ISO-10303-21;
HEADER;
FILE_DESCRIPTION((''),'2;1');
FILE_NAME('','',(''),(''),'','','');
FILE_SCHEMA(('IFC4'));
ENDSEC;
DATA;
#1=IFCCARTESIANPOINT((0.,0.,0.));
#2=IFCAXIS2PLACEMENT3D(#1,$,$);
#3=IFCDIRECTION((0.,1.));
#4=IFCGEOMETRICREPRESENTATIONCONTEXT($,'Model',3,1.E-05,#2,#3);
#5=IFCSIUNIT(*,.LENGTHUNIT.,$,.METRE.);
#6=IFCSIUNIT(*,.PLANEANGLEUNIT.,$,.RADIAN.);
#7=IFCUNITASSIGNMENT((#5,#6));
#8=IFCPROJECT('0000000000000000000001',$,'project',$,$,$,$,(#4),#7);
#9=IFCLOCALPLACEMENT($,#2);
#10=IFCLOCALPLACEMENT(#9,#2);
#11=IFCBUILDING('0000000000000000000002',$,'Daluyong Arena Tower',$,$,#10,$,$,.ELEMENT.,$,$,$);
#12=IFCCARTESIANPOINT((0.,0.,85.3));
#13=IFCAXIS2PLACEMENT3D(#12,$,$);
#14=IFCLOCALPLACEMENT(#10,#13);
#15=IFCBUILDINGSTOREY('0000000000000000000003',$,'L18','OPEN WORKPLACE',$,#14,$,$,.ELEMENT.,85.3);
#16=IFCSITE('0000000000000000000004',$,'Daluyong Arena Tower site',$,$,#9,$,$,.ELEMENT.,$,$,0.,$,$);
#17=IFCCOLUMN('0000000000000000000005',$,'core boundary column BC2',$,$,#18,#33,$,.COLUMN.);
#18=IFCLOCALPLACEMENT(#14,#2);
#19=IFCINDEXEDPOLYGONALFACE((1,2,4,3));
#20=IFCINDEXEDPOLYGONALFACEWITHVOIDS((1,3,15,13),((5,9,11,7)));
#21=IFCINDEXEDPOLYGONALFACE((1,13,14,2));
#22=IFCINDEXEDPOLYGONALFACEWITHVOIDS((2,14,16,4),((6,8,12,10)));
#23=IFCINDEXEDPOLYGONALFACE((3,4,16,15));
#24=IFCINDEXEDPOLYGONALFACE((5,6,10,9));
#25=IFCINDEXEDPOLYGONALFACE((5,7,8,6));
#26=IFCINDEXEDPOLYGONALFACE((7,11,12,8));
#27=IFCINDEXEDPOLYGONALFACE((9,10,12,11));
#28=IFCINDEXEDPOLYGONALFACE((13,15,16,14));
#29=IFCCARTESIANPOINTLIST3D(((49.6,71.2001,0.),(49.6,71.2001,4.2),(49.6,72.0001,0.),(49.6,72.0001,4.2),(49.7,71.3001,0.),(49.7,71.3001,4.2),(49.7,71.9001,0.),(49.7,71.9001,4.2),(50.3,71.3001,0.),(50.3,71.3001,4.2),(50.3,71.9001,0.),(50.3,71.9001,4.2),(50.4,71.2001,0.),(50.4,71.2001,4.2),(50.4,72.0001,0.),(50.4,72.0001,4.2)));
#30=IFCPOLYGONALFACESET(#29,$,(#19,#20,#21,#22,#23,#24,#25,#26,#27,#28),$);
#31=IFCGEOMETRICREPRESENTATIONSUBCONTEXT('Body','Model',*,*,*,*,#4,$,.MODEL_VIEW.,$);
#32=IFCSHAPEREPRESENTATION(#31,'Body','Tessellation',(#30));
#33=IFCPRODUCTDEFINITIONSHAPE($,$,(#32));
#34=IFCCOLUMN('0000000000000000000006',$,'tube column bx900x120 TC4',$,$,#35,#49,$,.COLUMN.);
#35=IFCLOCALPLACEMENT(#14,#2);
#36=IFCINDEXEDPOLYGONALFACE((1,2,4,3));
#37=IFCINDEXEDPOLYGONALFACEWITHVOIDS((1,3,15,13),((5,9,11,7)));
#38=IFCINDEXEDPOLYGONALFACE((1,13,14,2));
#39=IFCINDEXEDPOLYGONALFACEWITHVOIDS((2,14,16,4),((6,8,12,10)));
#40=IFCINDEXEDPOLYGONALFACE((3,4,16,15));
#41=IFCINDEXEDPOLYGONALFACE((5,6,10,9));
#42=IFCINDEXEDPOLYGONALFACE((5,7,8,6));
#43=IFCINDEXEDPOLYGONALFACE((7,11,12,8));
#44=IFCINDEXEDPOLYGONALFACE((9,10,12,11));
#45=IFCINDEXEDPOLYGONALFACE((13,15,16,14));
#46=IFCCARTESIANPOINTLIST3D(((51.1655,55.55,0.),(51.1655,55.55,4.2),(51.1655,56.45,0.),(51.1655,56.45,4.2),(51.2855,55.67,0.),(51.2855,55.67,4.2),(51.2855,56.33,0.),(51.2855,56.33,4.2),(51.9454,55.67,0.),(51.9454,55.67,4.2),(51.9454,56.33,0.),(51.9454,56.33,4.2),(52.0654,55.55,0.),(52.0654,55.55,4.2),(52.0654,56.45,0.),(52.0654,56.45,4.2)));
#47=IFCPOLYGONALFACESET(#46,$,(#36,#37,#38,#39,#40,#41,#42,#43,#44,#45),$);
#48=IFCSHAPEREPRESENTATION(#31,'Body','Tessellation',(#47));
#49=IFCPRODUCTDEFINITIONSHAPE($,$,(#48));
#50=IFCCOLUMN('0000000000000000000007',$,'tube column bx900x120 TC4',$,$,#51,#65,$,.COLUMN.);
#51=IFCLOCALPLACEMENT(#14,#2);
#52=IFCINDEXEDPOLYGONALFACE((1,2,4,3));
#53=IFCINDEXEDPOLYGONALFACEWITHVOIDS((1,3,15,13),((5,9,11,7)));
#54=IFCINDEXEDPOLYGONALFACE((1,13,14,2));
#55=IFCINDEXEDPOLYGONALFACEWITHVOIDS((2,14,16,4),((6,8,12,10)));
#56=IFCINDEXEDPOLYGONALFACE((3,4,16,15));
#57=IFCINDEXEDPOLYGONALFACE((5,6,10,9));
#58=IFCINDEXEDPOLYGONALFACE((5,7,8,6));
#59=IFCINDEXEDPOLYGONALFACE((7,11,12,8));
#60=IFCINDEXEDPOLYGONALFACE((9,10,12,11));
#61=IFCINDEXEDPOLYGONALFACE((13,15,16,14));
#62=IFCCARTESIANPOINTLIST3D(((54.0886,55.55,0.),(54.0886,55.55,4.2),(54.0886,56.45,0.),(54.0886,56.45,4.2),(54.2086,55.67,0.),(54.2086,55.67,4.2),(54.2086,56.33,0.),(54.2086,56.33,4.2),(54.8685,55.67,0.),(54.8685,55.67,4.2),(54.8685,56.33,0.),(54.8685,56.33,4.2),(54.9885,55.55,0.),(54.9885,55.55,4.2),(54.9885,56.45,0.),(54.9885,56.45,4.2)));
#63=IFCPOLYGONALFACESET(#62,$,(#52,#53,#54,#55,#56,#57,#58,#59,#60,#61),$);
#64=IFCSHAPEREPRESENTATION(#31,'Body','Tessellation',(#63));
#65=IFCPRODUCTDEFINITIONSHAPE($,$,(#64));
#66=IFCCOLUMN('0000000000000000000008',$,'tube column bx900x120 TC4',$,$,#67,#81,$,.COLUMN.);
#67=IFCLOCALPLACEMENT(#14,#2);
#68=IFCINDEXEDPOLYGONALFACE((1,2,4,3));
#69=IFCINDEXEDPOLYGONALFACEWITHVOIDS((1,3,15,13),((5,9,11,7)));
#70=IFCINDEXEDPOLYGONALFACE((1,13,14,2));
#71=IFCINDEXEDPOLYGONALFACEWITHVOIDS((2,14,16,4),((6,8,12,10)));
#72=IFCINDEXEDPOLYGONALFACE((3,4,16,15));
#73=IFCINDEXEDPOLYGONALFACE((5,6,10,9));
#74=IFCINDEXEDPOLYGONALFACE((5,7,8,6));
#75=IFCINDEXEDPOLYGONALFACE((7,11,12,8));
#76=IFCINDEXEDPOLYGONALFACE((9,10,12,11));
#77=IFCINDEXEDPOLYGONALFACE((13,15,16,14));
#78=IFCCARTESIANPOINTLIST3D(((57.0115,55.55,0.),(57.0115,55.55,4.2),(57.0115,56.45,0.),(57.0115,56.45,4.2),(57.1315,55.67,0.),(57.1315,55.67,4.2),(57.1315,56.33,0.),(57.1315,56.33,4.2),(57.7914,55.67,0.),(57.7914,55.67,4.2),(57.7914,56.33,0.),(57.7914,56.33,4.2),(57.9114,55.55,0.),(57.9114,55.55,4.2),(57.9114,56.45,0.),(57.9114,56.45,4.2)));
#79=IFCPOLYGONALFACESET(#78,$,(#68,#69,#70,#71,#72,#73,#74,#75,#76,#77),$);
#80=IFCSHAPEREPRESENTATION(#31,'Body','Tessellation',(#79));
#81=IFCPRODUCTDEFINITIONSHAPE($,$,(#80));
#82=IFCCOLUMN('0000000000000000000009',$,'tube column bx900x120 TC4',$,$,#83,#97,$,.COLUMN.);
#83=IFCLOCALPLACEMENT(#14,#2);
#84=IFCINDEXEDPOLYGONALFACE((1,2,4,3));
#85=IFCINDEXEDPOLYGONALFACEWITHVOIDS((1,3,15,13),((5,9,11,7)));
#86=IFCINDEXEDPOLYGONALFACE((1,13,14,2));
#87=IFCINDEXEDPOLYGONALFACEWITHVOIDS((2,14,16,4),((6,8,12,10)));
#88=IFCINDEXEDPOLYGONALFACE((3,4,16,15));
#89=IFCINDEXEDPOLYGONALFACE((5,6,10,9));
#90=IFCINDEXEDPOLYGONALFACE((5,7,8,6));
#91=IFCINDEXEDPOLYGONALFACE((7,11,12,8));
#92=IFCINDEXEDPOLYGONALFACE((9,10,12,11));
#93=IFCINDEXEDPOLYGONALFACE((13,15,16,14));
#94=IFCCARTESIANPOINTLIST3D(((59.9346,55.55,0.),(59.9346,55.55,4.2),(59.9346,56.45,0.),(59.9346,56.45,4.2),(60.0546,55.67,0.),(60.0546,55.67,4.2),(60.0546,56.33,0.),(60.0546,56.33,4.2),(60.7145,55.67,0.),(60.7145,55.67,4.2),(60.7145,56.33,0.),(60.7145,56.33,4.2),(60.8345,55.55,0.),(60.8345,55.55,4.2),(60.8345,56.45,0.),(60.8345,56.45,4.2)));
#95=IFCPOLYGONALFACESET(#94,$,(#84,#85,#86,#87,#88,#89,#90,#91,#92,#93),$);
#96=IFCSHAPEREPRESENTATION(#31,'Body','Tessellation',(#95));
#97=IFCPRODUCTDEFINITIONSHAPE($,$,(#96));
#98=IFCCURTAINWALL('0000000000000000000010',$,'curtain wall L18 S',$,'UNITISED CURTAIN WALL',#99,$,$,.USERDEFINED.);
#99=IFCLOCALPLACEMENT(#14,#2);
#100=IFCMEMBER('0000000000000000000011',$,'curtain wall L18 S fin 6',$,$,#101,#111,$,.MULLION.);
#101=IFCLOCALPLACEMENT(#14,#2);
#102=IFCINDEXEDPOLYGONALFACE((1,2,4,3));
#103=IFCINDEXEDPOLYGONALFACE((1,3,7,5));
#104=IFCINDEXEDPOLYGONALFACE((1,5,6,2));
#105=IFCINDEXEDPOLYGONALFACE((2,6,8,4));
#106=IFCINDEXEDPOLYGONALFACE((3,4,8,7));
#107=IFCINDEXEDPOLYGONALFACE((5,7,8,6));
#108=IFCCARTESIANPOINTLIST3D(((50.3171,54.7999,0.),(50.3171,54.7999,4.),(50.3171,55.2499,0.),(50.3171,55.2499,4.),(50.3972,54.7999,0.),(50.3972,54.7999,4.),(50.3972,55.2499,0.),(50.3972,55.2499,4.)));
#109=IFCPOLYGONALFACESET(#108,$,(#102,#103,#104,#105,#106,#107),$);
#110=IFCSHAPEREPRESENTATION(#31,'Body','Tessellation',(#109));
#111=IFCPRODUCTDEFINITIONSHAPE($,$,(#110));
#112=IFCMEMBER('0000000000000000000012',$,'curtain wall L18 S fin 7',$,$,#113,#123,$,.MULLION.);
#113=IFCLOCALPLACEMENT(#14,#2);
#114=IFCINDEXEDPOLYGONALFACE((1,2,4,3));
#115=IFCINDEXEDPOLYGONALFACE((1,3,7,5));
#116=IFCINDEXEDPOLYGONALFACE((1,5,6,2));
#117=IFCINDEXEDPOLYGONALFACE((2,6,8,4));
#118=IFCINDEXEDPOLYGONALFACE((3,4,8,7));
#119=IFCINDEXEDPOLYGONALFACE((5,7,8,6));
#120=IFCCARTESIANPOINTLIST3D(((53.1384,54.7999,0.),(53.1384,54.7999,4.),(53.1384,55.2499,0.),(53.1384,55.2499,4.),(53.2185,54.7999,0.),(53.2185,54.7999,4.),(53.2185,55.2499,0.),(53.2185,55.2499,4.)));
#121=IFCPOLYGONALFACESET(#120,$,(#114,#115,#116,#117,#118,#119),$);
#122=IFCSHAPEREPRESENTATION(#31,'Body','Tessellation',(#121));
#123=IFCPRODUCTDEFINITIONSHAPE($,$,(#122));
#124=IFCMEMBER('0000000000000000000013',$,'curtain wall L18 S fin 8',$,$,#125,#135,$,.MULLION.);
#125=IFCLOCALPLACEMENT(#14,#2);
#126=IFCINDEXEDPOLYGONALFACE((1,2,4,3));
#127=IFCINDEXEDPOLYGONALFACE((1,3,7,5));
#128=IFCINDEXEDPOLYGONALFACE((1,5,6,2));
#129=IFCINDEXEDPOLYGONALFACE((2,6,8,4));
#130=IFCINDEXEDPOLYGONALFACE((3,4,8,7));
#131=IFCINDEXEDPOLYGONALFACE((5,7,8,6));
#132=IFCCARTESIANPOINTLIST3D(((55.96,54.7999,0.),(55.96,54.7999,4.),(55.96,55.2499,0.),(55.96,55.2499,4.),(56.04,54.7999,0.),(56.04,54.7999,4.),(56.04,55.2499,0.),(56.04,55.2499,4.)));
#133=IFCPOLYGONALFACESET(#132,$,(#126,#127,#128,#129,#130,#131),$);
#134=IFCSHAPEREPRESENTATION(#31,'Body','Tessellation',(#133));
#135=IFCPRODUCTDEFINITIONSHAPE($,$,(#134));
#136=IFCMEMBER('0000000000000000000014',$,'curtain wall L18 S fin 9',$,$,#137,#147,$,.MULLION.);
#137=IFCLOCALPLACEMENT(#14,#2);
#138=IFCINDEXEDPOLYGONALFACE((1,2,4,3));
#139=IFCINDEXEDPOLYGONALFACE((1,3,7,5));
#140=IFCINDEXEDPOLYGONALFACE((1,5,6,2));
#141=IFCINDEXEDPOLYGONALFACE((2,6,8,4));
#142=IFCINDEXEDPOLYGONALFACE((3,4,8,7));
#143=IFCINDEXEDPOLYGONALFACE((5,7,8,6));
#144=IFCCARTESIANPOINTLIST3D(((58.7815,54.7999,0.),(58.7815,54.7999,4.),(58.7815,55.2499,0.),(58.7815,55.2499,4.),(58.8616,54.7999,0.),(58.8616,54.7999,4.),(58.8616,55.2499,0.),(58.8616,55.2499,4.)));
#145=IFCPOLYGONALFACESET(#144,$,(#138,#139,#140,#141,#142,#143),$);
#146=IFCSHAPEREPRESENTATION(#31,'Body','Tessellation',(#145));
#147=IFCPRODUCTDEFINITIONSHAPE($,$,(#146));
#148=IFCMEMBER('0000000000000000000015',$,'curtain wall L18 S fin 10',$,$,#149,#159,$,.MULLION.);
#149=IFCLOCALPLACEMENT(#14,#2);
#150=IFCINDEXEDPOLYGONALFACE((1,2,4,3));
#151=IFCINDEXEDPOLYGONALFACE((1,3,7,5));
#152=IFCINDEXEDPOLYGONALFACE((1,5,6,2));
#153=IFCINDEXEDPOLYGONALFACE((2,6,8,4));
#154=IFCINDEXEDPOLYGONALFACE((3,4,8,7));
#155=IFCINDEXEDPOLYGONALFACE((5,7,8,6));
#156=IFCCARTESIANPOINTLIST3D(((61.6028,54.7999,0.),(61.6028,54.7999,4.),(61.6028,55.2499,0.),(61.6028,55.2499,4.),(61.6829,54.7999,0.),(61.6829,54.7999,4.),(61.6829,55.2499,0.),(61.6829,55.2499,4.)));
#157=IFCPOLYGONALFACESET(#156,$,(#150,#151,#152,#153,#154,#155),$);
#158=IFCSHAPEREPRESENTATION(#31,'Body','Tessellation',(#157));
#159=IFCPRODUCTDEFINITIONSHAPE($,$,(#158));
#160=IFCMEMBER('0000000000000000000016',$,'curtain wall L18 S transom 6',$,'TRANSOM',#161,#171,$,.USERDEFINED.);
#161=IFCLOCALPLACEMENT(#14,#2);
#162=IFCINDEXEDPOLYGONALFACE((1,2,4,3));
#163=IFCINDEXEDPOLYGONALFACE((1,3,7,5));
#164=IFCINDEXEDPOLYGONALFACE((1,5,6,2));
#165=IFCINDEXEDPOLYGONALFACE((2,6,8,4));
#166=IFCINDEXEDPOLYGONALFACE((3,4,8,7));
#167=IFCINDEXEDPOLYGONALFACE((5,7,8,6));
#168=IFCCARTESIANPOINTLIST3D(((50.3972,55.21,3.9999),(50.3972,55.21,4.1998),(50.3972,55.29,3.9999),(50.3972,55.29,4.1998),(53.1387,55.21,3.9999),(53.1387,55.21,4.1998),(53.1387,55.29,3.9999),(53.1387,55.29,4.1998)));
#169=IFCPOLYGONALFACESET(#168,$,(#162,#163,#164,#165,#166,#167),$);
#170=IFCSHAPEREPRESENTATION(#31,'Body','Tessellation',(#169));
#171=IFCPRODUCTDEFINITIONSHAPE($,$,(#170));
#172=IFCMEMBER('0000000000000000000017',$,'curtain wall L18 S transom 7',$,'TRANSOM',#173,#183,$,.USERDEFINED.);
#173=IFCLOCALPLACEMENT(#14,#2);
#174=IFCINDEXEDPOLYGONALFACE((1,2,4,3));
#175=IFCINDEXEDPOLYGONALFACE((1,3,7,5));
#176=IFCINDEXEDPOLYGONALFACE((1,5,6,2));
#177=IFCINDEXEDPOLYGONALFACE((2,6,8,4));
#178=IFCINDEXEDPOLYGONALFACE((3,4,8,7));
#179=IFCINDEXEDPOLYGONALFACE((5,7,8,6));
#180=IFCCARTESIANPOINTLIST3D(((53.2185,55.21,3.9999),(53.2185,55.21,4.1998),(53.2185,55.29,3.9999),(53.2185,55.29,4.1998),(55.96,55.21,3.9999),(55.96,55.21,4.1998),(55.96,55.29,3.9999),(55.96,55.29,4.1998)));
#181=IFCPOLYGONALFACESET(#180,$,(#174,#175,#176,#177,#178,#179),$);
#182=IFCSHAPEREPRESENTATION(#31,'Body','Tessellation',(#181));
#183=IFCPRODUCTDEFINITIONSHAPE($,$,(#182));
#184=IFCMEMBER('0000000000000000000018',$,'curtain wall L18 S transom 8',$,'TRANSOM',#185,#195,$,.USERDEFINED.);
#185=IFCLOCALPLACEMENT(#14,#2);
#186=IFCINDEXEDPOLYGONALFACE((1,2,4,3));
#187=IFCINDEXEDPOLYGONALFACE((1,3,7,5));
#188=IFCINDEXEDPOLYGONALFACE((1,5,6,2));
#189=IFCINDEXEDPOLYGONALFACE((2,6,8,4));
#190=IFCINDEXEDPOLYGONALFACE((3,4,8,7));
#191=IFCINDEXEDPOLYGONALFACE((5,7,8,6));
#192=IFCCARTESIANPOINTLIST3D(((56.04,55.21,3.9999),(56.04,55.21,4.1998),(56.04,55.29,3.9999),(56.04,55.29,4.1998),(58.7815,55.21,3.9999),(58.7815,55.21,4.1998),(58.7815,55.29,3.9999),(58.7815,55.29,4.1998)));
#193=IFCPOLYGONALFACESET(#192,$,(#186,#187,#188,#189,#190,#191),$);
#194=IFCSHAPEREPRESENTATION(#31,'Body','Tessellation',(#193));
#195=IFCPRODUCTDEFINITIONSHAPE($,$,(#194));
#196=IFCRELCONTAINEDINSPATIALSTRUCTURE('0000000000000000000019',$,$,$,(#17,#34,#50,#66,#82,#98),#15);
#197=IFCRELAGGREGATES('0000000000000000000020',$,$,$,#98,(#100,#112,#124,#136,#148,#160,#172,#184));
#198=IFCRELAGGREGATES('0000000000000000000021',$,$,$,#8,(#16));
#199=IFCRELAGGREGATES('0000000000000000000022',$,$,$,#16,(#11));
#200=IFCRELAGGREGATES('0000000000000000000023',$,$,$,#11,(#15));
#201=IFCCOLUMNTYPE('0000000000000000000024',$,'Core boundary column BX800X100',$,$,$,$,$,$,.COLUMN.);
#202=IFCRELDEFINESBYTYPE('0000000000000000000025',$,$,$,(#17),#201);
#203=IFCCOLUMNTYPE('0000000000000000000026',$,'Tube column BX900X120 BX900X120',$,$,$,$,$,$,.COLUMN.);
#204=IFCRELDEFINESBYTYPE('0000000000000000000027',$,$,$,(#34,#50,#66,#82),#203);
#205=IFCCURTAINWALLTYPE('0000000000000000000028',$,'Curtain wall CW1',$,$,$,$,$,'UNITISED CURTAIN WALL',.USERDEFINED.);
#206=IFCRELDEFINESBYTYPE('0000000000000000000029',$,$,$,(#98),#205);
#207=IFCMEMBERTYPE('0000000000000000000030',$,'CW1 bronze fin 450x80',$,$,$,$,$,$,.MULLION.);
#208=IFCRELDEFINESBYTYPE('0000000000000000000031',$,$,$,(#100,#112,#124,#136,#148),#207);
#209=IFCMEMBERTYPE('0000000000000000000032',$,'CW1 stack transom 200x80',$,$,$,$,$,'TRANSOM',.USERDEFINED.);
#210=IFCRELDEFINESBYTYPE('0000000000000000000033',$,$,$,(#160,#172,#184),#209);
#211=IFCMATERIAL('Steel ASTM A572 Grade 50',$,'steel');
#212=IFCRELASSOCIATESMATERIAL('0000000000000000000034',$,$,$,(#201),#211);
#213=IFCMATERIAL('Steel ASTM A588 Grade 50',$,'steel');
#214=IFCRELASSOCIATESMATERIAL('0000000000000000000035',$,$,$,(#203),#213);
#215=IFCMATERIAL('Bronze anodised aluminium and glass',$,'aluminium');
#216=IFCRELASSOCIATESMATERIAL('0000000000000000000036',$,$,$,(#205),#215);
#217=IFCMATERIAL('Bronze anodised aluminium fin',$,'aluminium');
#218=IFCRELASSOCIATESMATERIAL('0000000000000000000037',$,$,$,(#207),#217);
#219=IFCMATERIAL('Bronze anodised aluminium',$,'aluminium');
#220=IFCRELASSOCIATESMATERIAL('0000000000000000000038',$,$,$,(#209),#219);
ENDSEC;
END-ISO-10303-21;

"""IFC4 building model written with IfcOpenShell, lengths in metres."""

from ifc_helpers import new_model, si_unit, direction, frame, origin, origin_2d, place, context, subcontext, project, spatial, rectangle, hollow_rectangle, extrude, material, material_profile, profile_set, type_object, element, aggregate, save


model = new_model("IFC4")

# Units and contexts
model_context = context("Model", 3, precision=1e-05, world=origin(), true_north=direction((0.0, 1.0)))
body_context = subcontext(model_context, "Body", "Model", "MODEL_VIEW")
ifc_project = project(units=[si_unit("LENGTHUNIT", "METRE"), si_unit("PLANEANGLEUNIT", "RADIAN")], contexts=[model_context])

# Site, building, storey
site_placement = place(None, origin())
site = spatial("IfcSite", under=ifc_project, at=site_placement, Name="Daluyong Arena Tower site", CompositionType="ELEMENT", RefElevation=0.0)
building_placement = place(site_placement, origin())
building = spatial("IfcBuilding", under=site, at=building_placement, Name="Daluyong Arena Tower", CompositionType="ELEMENT")
storey_placement = place(building_placement, frame((0.0, 0.0, 85.3)))
storey = spatial("IfcBuildingStorey", under=building, at=storey_placement, Name="L18", Description="OPEN WORKPLACE", CompositionType="ELEMENT", Elevation=85.3)

# Columns
ifc_material_1 = material(Name="Steel ASTM A572 Grade 50", Category="steel")
ifc_material_profile_1 = material_profile(ifc_material_1, hollow_rectangle(XDim=0.8, YDim=0.8, WallThickness=0.1, at=origin_2d()))
ifc_profile_set_1 = profile_set([ifc_material_profile_1], Name="Steel ASTM A572 Grade 50")
column_type_1 = type_object("IfcColumnType", Name="Core boundary column BX800X100", PredefinedType="COLUMN", material=ifc_profile_set_1)
column_placement = place(storey_placement, frame((50.0, 71.6001, 0.0), z_axis=(0.0, 0.0, 1.0), x_axis=(1.0, 0.0, 0.0)))
element("IfcColumn", 1, at=column_placement, inside=storey, type_object=column_type_1, Name="core boundary column BC2", PredefinedType="COLUMN", context=body_context, shape_type="SweptSolid", body=[
    extrude(hollow_rectangle(XDim=0.8, YDim=0.8, WallThickness=0.1, at=origin_2d()), origin(), (0.0, 0.0, 1.0), 4.2),
])
ifc_material_2 = material(Name="Steel ASTM A588 Grade 50", Category="steel")
ifc_material_profile_2 = material_profile(ifc_material_2, hollow_rectangle(XDim=0.8999, YDim=0.8999, WallThickness=0.12, at=origin_2d()))
ifc_profile_set_2 = profile_set([ifc_material_profile_2], Name="Steel ASTM A588 Grade 50")
column_type_2 = type_object("IfcColumnType", Name="Tube column BX900X120 BX900X120", PredefinedType="COLUMN", material=ifc_profile_set_2)
for number, where, z_axis, x_axis, name in (
    (2, (51.6155, 56.0, 0.0), (0.0, 0.0, 1.0), (1.0, 0.0, 0.0), "tube column bx900x120 TC4"),
    (3, (54.5386, 56.0, 0.0), (0.0, 0.0, 1.0), (1.0, 0.0, 0.0), "tube column bx900x120 TC4"),
    (4, (57.4614, 56.0, 0.0), (0.0, 0.0, 1.0), (1.0, 0.0, 0.0), "tube column bx900x120 TC4"),
    (5, (60.3845, 56.0, 0.0), (0.0, 0.0, 1.0), (1.0, 0.0, 0.0), "tube column bx900x120 TC4"),
):
    element("IfcColumn", number, at=place(storey_placement, frame(where, z_axis=z_axis, x_axis=x_axis)), inside=storey, type_object=column_type_2, Name=name, PredefinedType="COLUMN", context=body_context, shape_type="SweptSolid", body=[
        extrude(hollow_rectangle(XDim=0.8999, YDim=0.8999, WallThickness=0.12, at=origin_2d()), origin(), (0.0, 0.0, 1.0), 4.2),
    ])

# Curtain wall, members
ifc_material_3 = material(Name="Bronze anodised aluminium and glass", Category="aluminium")
curtain_wall_type = type_object("IfcCurtainWallType", Name="Curtain wall CW1", ElementType="UNITISED CURTAIN WALL", PredefinedType="USERDEFINED", material=ifc_material_3)
curtain_wall_placement = place(storey_placement, origin())
curtain_wall = element("IfcCurtainWall", 6, at=curtain_wall_placement, inside=storey, type_object=curtain_wall_type, Name="curtain wall L18 S", ObjectType="UNITISED CURTAIN WALL", PredefinedType="USERDEFINED")
ifc_material_4 = material(Name="Bronze anodised aluminium fin", Category="aluminium")
ifc_material_profile_3 = material_profile(ifc_material_4, rectangle(XDim=0.45, YDim=0.0801, at=origin_2d()))
ifc_profile_set_3 = profile_set([ifc_material_profile_3], Name="Bronze anodised aluminium fin")
member_type_1 = type_object("IfcMemberType", Name="CW1 bronze fin 450x80", PredefinedType="MULLION", material=ifc_profile_set_3)
member_1_placement = place(storey_placement, frame((50.3572, 55.0249, 0.0), z_axis=(0.0, 0.0, 1.0), x_axis=(0.0, 1.0, 0.0)))
member_1 = element("IfcMember", 7, at=member_1_placement, type_object=member_type_1, Name="curtain wall L18 S fin 6", PredefinedType="MULLION", context=body_context, shape_type="SweptSolid", body=[
    extrude(rectangle(XDim=0.45, YDim=0.0801, at=origin_2d()), origin(), (0.0, 0.0, 1.0), 4.0),
])
member_2_placement = place(storey_placement, frame((53.1785, 55.0249, 0.0), z_axis=(0.0, 0.0, 1.0), x_axis=(0.0, 1.0, 0.0)))
member_2 = element("IfcMember", 8, at=member_2_placement, type_object=member_type_1, Name="curtain wall L18 S fin 7", PredefinedType="MULLION", context=body_context, shape_type="SweptSolid", body=[
    extrude(rectangle(XDim=0.45, YDim=0.0801, at=origin_2d()), origin(), (0.0, 0.0, 1.0), 4.0),
])
member_3_placement = place(storey_placement, frame((56.0, 55.0249, 0.0), z_axis=(0.0, 0.0, 1.0), x_axis=(0.0, 1.0, 0.0)))
member_3 = element("IfcMember", 9, at=member_3_placement, type_object=member_type_1, Name="curtain wall L18 S fin 8", PredefinedType="MULLION", context=body_context, shape_type="SweptSolid", body=[
    extrude(rectangle(XDim=0.45, YDim=0.0801, at=origin_2d()), origin(), (0.0, 0.0, 1.0), 4.0),
])
member_4_placement = place(storey_placement, frame((58.8215, 55.0249, 0.0), z_axis=(0.0, 0.0, 1.0), x_axis=(0.0, 1.0, 0.0)))
member_4 = element("IfcMember", 10, at=member_4_placement, type_object=member_type_1, Name="curtain wall L18 S fin 9", PredefinedType="MULLION", context=body_context, shape_type="SweptSolid", body=[
    extrude(rectangle(XDim=0.45, YDim=0.0801, at=origin_2d()), origin(), (0.0, 0.0, 1.0), 4.0),
])
member_5_placement = place(storey_placement, frame((61.6428, 55.0249, 0.0), z_axis=(0.0, 0.0, 1.0), x_axis=(0.0, 1.0, 0.0)))
member_5 = element("IfcMember", 11, at=member_5_placement, type_object=member_type_1, Name="curtain wall L18 S fin 10", PredefinedType="MULLION", context=body_context, shape_type="SweptSolid", body=[
    extrude(rectangle(XDim=0.45, YDim=0.0801, at=origin_2d()), origin(), (0.0, 0.0, 1.0), 4.0),
])
ifc_material_5 = material(Name="Bronze anodised aluminium", Category="aluminium")
ifc_material_profile_4 = material_profile(ifc_material_5, rectangle(XDim=0.0801, YDim=0.2, at=origin_2d()))
ifc_profile_set_4 = profile_set([ifc_material_profile_4], Name="Bronze anodised aluminium")
member_type_2 = type_object("IfcMemberType", Name="CW1 stack transom 200x80", ElementType="TRANSOM", PredefinedType="USERDEFINED", material=ifc_profile_set_4)
member_6_placement = place(storey_placement, frame((50.3972, 55.25, 4.0999), z_axis=(1.0, 0.0, 0.0), x_axis=(0.0, 1.0, 0.0)))
member_6 = element("IfcMember", 12, at=member_6_placement, type_object=member_type_2, Name="curtain wall L18 S transom 6", ObjectType="TRANSOM", PredefinedType="USERDEFINED", context=body_context, shape_type="SweptSolid", body=[
    extrude(rectangle(XDim=0.0801, YDim=0.2, at=origin_2d()), origin(), (0.0, 0.0, 1.0), 2.7415),
])
member_7_placement = place(storey_placement, frame((53.2185, 55.25, 4.0999), z_axis=(1.0, 0.0, 0.0), x_axis=(0.0, 1.0, 0.0)))
member_7 = element("IfcMember", 13, at=member_7_placement, type_object=member_type_2, Name="curtain wall L18 S transom 7", ObjectType="TRANSOM", PredefinedType="USERDEFINED", context=body_context, shape_type="SweptSolid", body=[
    extrude(rectangle(XDim=0.0801, YDim=0.2, at=origin_2d()), origin(), (0.0, 0.0, 1.0), 2.7415),
])
member_8_placement = place(storey_placement, frame((56.04, 55.25, 4.0999), z_axis=(1.0, 0.0, 0.0), x_axis=(0.0, 1.0, 0.0)))
member_8 = element("IfcMember", 14, at=member_8_placement, type_object=member_type_2, Name="curtain wall L18 S transom 8", ObjectType="TRANSOM", PredefinedType="USERDEFINED", context=body_context, shape_type="SweptSolid", body=[
    extrude(rectangle(XDim=0.0801, YDim=0.2, at=origin_2d()), origin(), (0.0, 0.0, 1.0), 2.7415),
])

aggregate(curtain_wall, [member_1, member_2, member_3, member_4, member_5, member_6, member_7, member_8])

save(model, "model.ifc")
